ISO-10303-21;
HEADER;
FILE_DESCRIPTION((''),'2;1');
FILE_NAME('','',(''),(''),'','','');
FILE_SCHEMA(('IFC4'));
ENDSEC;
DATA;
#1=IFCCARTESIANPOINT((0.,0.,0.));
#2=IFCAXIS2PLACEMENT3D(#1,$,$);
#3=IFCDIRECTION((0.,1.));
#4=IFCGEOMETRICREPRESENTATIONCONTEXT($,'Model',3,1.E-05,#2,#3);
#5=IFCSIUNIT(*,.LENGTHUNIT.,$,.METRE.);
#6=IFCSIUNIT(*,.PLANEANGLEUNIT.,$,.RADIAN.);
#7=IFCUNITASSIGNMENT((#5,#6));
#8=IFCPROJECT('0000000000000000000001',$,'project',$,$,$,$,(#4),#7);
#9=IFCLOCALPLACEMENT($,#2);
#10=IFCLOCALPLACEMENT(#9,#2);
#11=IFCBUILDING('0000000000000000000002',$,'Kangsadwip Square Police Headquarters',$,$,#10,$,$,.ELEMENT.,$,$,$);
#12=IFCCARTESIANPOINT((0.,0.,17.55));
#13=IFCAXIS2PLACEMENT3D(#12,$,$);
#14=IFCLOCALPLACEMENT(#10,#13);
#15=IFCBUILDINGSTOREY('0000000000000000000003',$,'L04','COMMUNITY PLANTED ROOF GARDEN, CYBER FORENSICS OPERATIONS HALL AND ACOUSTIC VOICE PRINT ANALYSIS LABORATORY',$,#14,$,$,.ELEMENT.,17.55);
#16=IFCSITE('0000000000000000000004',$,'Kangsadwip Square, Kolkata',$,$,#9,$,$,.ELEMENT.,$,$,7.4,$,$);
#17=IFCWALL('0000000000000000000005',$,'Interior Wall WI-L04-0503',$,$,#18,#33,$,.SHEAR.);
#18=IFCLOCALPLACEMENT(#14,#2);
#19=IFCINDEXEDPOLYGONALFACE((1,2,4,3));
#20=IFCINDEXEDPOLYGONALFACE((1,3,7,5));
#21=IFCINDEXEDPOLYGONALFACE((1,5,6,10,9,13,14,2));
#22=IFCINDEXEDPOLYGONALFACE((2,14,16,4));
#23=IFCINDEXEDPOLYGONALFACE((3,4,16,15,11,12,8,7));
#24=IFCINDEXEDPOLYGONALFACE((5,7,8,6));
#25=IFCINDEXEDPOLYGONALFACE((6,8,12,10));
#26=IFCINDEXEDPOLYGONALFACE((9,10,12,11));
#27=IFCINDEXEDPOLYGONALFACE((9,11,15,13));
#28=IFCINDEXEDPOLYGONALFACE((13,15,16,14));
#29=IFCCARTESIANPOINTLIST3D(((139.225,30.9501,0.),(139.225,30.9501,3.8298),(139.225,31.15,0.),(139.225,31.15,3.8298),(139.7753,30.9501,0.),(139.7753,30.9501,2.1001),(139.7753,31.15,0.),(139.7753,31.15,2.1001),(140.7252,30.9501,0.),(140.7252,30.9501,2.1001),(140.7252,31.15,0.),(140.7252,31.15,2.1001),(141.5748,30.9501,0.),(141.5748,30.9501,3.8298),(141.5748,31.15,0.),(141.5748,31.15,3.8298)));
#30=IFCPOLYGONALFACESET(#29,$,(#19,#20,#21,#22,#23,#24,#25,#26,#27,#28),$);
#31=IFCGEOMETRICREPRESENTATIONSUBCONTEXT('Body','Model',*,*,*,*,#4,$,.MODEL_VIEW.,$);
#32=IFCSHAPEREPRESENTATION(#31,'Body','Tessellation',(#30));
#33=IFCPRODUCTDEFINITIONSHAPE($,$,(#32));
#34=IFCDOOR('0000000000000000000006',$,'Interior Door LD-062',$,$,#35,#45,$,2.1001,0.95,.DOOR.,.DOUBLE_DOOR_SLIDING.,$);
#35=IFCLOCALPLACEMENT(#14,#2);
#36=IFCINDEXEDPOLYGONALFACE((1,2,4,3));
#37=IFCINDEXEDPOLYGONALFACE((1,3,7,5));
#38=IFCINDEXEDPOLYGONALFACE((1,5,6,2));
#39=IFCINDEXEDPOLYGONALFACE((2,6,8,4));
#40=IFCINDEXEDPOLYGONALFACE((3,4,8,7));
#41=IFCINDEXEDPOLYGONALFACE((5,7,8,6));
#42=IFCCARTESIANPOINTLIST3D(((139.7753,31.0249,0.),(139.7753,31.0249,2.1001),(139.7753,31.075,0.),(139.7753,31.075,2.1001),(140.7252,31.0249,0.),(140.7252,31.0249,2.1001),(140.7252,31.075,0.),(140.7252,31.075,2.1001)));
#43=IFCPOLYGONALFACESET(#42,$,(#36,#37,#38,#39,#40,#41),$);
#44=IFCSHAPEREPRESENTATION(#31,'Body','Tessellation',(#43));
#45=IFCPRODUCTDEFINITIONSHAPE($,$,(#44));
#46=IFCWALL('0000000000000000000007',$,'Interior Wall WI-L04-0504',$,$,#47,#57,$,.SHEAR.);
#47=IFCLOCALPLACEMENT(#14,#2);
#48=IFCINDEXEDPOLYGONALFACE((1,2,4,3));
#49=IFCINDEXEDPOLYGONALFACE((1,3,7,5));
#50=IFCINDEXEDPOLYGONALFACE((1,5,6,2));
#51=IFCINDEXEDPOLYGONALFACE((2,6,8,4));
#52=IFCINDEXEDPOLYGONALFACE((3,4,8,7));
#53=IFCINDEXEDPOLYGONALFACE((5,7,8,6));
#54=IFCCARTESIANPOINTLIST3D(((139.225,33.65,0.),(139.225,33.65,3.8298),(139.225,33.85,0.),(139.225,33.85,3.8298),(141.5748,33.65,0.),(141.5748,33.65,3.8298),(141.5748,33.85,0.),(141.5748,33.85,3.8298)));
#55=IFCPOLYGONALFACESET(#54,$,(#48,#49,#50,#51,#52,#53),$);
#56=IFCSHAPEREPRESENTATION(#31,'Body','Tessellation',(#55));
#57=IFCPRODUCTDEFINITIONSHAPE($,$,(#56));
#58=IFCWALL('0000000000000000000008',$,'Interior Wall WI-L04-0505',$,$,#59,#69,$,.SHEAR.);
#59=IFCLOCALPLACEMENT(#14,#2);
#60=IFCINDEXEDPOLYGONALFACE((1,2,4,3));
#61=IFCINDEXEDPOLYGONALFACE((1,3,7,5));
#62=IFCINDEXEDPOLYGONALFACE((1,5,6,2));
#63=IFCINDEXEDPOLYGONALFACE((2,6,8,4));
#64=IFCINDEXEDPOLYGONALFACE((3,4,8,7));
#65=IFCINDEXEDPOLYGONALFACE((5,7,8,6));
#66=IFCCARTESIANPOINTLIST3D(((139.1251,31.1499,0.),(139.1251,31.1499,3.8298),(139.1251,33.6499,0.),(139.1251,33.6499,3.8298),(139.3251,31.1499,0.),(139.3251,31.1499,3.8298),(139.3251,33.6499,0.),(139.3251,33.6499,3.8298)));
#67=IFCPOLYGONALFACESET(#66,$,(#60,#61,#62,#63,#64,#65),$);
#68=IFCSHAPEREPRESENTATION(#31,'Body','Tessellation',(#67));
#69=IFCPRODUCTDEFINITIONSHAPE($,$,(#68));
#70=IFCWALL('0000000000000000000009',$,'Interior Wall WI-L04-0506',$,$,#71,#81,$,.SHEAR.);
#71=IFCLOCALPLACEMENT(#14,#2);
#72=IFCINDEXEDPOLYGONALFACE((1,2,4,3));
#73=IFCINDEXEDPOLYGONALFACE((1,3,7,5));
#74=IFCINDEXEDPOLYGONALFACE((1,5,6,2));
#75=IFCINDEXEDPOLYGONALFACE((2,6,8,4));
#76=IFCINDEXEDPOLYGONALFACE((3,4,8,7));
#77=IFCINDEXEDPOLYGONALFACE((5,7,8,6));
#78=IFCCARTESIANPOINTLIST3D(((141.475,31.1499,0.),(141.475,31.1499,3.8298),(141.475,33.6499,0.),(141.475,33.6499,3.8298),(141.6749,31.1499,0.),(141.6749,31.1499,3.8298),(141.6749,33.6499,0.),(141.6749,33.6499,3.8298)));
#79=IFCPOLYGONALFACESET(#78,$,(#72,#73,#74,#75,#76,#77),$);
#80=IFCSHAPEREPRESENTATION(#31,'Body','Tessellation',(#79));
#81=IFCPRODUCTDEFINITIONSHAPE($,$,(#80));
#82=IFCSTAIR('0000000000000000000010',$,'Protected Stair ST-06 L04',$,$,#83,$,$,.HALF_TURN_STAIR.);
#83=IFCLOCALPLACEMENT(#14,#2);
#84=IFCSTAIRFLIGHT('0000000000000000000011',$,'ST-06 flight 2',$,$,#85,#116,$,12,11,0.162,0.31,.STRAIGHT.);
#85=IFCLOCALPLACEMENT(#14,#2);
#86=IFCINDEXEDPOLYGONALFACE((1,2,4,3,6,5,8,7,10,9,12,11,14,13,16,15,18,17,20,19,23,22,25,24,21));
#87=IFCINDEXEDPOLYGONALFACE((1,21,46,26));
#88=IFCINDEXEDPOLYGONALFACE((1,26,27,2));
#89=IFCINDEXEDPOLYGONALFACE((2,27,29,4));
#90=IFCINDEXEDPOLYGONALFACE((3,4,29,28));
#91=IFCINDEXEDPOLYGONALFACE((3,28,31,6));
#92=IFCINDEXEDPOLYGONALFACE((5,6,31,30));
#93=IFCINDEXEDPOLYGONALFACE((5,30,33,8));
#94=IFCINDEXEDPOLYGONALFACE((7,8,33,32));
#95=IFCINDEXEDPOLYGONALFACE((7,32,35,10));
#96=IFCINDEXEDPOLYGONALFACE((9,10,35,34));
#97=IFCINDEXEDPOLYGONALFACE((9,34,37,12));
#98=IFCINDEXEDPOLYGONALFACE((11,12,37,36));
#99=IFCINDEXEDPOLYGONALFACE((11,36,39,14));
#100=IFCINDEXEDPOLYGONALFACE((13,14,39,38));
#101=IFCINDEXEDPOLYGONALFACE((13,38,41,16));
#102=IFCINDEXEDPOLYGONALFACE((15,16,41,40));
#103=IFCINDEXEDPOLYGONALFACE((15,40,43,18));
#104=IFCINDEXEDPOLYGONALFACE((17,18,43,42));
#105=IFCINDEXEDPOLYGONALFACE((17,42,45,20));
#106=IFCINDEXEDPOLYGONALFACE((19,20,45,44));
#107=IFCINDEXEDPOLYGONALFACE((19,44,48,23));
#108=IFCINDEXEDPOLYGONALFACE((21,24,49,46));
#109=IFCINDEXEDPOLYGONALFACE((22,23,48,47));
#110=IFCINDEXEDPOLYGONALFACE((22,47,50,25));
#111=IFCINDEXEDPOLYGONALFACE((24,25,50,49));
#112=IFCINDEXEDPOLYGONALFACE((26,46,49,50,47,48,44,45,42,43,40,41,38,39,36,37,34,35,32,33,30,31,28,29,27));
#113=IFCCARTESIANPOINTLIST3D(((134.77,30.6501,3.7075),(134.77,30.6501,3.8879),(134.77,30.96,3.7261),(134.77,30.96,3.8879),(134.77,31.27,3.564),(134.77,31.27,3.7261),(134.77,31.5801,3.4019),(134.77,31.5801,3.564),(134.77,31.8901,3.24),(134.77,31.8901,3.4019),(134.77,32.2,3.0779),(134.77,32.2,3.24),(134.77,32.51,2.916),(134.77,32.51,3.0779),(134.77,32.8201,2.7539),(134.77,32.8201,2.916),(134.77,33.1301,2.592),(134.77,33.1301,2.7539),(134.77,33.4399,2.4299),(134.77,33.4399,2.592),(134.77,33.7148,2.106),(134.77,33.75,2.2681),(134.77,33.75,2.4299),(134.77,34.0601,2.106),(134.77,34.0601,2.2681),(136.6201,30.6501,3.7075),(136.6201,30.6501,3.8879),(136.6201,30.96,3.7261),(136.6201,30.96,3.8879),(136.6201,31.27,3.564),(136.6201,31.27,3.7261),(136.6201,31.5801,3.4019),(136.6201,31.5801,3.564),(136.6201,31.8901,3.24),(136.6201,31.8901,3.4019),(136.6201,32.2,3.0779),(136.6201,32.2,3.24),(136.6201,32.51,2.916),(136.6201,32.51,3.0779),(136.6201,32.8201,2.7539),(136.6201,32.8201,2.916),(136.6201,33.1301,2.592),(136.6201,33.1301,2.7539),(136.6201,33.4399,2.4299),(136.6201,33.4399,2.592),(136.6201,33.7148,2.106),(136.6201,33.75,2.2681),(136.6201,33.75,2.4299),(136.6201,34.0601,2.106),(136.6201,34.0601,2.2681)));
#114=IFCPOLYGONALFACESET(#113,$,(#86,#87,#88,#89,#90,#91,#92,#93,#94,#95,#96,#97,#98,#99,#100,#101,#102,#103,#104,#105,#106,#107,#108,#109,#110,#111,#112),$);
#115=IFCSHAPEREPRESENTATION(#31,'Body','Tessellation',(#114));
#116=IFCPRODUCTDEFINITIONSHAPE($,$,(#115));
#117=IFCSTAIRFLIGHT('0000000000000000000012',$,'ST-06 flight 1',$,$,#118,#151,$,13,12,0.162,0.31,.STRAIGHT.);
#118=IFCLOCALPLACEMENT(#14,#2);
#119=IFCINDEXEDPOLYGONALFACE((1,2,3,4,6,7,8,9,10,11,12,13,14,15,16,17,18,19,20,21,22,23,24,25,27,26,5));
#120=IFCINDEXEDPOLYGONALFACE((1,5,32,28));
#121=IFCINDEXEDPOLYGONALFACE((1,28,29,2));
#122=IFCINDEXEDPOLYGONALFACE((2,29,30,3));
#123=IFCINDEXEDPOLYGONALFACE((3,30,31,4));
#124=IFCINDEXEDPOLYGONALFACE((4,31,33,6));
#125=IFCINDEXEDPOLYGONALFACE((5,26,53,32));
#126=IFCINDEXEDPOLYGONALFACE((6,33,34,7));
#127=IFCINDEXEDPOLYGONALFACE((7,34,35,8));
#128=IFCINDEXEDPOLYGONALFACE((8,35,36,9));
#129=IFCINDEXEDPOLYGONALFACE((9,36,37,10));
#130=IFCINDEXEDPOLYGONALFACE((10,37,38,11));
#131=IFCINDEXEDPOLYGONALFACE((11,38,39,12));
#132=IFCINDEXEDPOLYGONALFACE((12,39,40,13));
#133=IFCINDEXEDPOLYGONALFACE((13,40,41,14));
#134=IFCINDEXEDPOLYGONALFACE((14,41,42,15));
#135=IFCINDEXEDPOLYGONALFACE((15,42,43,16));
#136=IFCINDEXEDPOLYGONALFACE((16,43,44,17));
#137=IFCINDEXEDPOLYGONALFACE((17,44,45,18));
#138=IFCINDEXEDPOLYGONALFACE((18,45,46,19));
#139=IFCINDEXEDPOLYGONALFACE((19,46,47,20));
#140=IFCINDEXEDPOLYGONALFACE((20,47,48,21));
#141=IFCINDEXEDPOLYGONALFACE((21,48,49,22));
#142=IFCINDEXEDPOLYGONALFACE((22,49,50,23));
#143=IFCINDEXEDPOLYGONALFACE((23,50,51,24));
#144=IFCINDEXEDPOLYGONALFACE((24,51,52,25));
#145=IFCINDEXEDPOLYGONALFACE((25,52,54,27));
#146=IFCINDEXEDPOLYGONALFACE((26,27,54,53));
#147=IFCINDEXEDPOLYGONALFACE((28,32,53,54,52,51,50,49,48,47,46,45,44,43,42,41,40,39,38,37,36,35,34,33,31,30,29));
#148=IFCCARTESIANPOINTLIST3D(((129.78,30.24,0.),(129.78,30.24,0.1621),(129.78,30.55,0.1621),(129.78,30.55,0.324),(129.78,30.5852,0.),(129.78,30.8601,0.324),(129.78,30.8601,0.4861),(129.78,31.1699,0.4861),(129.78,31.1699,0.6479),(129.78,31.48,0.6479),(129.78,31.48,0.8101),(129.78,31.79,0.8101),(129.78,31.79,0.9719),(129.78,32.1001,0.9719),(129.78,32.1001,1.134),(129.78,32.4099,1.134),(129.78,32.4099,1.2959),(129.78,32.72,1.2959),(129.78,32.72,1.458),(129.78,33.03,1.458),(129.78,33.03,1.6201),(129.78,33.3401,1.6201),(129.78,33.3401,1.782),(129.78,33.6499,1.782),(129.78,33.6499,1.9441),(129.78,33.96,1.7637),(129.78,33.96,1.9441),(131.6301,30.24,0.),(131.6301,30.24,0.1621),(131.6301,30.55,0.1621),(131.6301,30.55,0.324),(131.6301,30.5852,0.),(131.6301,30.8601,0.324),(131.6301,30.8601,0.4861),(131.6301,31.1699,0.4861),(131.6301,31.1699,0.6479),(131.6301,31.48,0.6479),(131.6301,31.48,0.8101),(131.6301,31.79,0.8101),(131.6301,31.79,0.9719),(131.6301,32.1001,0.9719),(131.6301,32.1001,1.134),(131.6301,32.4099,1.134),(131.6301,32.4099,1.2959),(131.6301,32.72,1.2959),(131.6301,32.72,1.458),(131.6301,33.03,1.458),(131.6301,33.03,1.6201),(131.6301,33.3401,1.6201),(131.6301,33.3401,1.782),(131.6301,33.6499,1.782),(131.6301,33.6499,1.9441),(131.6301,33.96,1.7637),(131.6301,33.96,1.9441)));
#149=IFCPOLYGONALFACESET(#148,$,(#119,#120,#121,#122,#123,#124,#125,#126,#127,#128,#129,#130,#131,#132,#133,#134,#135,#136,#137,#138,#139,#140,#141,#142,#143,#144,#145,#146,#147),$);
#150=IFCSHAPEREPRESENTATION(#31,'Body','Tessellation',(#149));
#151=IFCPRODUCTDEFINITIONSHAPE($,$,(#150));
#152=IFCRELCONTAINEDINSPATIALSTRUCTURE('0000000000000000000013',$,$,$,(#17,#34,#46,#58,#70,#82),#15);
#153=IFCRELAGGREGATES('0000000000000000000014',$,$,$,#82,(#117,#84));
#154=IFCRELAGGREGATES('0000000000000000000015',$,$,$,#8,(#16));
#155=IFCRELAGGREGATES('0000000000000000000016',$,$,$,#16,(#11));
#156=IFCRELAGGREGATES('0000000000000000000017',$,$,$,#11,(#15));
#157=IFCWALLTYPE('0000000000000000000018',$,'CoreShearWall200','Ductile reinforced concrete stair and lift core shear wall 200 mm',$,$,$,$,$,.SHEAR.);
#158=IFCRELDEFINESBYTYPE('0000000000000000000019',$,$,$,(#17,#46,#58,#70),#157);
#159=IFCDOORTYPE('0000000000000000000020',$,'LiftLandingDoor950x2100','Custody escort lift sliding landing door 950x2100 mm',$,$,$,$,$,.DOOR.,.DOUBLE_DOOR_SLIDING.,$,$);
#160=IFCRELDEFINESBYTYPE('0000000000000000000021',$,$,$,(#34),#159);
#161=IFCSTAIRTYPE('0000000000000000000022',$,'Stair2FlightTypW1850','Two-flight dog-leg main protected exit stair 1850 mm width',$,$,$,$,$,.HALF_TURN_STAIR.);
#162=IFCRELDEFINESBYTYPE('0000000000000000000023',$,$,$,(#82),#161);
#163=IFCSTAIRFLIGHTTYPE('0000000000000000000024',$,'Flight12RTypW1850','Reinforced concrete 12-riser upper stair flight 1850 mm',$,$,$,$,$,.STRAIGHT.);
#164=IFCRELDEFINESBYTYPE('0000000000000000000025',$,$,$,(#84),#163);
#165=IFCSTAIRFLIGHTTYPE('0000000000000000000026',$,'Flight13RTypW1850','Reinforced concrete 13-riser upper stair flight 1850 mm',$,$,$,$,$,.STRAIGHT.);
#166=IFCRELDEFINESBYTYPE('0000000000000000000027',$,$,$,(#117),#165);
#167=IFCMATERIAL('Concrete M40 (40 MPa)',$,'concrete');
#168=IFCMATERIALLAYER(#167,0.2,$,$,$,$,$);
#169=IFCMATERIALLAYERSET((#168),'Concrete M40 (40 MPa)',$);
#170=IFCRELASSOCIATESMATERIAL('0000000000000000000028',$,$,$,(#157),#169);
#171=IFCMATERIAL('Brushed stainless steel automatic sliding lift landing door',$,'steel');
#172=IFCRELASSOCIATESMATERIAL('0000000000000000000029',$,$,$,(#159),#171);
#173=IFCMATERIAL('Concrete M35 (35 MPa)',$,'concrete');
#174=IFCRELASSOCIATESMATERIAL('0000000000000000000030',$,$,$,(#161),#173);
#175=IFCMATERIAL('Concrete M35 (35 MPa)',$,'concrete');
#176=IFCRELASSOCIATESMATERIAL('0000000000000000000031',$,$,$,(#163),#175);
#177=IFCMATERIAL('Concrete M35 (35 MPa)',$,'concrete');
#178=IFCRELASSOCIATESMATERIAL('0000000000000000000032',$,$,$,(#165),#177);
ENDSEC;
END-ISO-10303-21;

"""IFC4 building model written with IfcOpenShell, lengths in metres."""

from ifc_helpers import new_model, si_unit, direction, frame, frame_2d, origin, place, context, subcontext, project, spatial, polyline, rectangle, outline, extrude, material, layer, layer_set, type_object, element, fill, aggregate, save


model = new_model("IFC4")

# Units and contexts
model_context = context("Model", 3, precision=1e-05, world=origin(), true_north=direction((0.0, 1.0)))
body_context = subcontext(model_context, "Body", "Model", "MODEL_VIEW")
ifc_project = project(units=[si_unit("LENGTHUNIT", "METRE"), si_unit("PLANEANGLEUNIT", "RADIAN")], contexts=[model_context])

# Site, building, storey
site_placement = place(None, origin())
site = spatial("IfcSite", under=ifc_project, at=site_placement, Name="Kangsadwip Square, Kolkata", CompositionType="ELEMENT", RefElevation=7.4)
building_placement = place(site_placement, origin())
building = spatial("IfcBuilding", under=site, at=building_placement, Name="Kangsadwip Square Police Headquarters", CompositionType="ELEMENT")
storey_placement = place(building_placement, frame((0.0, 0.0, 17.55)))
storey = spatial("IfcBuildingStorey", under=building, at=storey_placement, Name="L04", Description="COMMUNITY PLANTED ROOF GARDEN, CYBER FORENSICS OPERATIONS HALL AND ACOUSTIC VOICE PRINT ANALYSIS LABORATORY", CompositionType="ELEMENT", Elevation=17.55)

# Shared definitions
ifc_material_1 = material(Name="Concrete M40 (40 MPa)", Category="concrete")
ifc_layer_1 = layer(ifc_material_1, 0.2)
ifc_layer_set_1 = layer_set([ifc_layer_1], Name="Concrete M40 (40 MPa)")
wall_type_1 = type_object("IfcWallType", Name="CoreShearWall200", Description="Ductile reinforced concrete stair and lift core shear wall 200 mm", PredefinedType="SHEAR", material=ifc_layer_set_1)

# Wall, opening, door
wall_1_placement = place(storey_placement, frame((139.2251, 31.05, 0.0), z_axis=(0.0, 0.0, 1.0), x_axis=(1.0, 0.0, 0.0)))
wall_1 = element("IfcWall", 1, at=wall_1_placement, inside=storey, type_object=wall_type_1, Name="Interior Wall WI-L04-0503", PredefinedType="SHEAR", context=body_context, shape_type="SweptSolid", body=[
    extrude(rectangle(XDim=2.3499, YDim=0.2, at=frame_2d((1.1748, 0.0))), origin(), (0.0, 0.0, 1.0), 3.8298),
])
opening_1_placement = place(wall_1_placement, frame((0.55, 0.0, 0.0)))
opening_1 = element("IfcOpeningElement", 2, at=opening_1_placement, cuts=wall_1, PredefinedType="OPENING", context=body_context, shape_type="SweptSolid", body=[
    extrude(rectangle(XDim=0.95, YDim=2.1001, at=frame_2d((0.4751, 1.05))), frame((0.0, 0.1099, 0.0), z_axis=(0.0, -1.0, 0.0), x_axis=(1.0, 0.0, 0.0)), (0.0, 0.0, 1.0), 0.22),
])
ifc_material_2 = material(Name="Brushed stainless steel automatic sliding lift landing door", Category="steel")
door_type = type_object("IfcDoorType", Name="LiftLandingDoor950x2100", Description="Custody escort lift sliding landing door 950x2100 mm", OperationType="DOUBLE_DOOR_SLIDING", PredefinedType="DOOR", material=ifc_material_2)
door_placement = place(opening_1_placement, origin())
door = element("IfcDoor", 3, at=door_placement, inside=storey, type_object=door_type, Name="Interior Door LD-062", OperationType="DOUBLE_DOOR_SLIDING", OverallHeight=2.1001, OverallWidth=0.95, PredefinedType="DOOR", context=body_context, shape_type="SweptSolid", body=[
    extrude(rectangle(XDim=0.95, YDim=2.1001, at=frame_2d((0.4751, 1.05))), frame((0.0, 0.0249, 0.0), z_axis=(0.0, -1.0, 0.0), x_axis=(1.0, 0.0, 0.0)), (0.0, 0.0, 1.0), 0.05),
])
fill(opening_1, door)

# Walls
wall_2_placement = place(storey_placement, frame((139.2251, 33.75, 0.0), z_axis=(0.0, 0.0, 1.0), x_axis=(1.0, 0.0, 0.0)))
element("IfcWall", 4, at=wall_2_placement, inside=storey, type_object=wall_type_1, Name="Interior Wall WI-L04-0504", PredefinedType="SHEAR", context=body_context, shape_type="SweptSolid", body=[
    extrude(rectangle(XDim=2.3499, YDim=0.2, at=frame_2d((1.1748, 0.0))), origin(), (0.0, 0.0, 1.0), 3.8298),
])
for number, where, z_axis, x_axis, name in (
    (5, (139.2251, 31.1499, 0.0), (0.0, 0.0, 1.0), (0.0, 1.0, 0.0), "Interior Wall WI-L04-0505"),
    (6, (141.575, 31.1499, 0.0), (0.0, 0.0, 1.0), (0.0, 1.0, 0.0), "Interior Wall WI-L04-0506"),
):
    element("IfcWall", number, at=place(storey_placement, frame(where, z_axis=z_axis, x_axis=x_axis)), inside=storey, type_object=wall_type_1, Name=name, PredefinedType="SHEAR", context=body_context, shape_type="SweptSolid", body=[
        extrude(rectangle(XDim=2.5, YDim=0.2, at=frame_2d((1.25, 0.0))), origin(), (0.0, 0.0, 1.0), 3.8298),
    ])

# Stair, stair flights
ifc_material_3 = material(Name="Concrete M35 (35 MPa)", Category="concrete")
stair_type = type_object("IfcStairType", Name="Stair2FlightTypW1850", Description="Two-flight dog-leg main protected exit stair 1850 mm width", PredefinedType="HALF_TURN_STAIR", material=ifc_material_3)
stair_placement = place(storey_placement, origin())
stair = element("IfcStair", 7, at=stair_placement, inside=storey, type_object=stair_type, Name="Protected Stair ST-06 L04", PredefinedType="HALF_TURN_STAIR")
ifc_material_4 = material(Name="Concrete M35 (35 MPa)", Category="concrete")
stair_flight_type_1 = type_object("IfcStairFlightType", Name="Flight12RTypW1850", Description="Reinforced concrete 12-riser upper stair flight 1850 mm", PredefinedType="STRAIGHT", material=ifc_material_4)
stair_flight_1_placement = place(storey_placement, frame((135.6951, 34.0601, 2.106), z_axis=(0.0, 0.0, 1.0), x_axis=(0.0, -1.0, 0.0)))
stair_flight_1 = element("IfcStairFlight", 8, at=stair_flight_1_placement, type_object=stair_flight_type_1, Name="ST-06 flight 2", NumberOfRisers=12, NumberOfTreads=11, PredefinedType="STRAIGHT", RiserHeight=0.162, TreadLength=0.31, context=body_context, shape_type="SweptSolid", body=[
    extrude(outline(polyline([(0.0, 0.0), (0.0, 0.1621), (0.3101, 0.1621), (0.3101, 0.324), (0.6201, 0.324), (0.6201, 0.4861), (0.9299, 0.4861), (0.9299, 0.6479), (1.24, 0.6479), (1.24, 0.8101), (1.55, 0.8101), (1.55, 0.9719), (1.8601, 0.9719), (1.8601, 1.134), (2.1699, 1.134), (2.1699, 1.2959), (2.48, 1.2959), (2.48, 1.458), (2.79, 1.458), (2.79, 1.6201), (3.1001, 1.6201), (3.1001, 1.782), (3.4099, 1.782), (3.4099, 1.9441), (3.4099, 1.6016), (0.3452, 0.0), (0.0, 0.0)])), frame((0.0, 0.925, 0.0), z_axis=(0.0, -1.0, 0.0), x_axis=(1.0, 0.0, 0.0)), (0.0, 0.0, 1.0), 1.8501),
])
ifc_material_5 = material(Name="Concrete M35 (35 MPa)", Category="concrete")
stair_flight_type_2 = type_object("IfcStairFlightType", Name="Flight13RTypW1850", Description="Reinforced concrete 13-riser upper stair flight 1850 mm", PredefinedType="STRAIGHT", material=ifc_material_5)
stair_flight_2_placement = place(storey_placement, frame((130.7051, 30.24, 0.0), z_axis=(0.0, 0.0, 1.0), x_axis=(0.0, 1.0, 0.0)))
stair_flight_2 = element("IfcStairFlight", 9, at=stair_flight_2_placement, type_object=stair_flight_type_2, Name="ST-06 flight 1", NumberOfRisers=13, NumberOfTreads=12, PredefinedType="STRAIGHT", RiserHeight=0.162, TreadLength=0.31, context=body_context, shape_type="SweptSolid", body=[
    extrude(outline(polyline([(0.0, 0.0), (0.0, 0.1621), (0.3101, 0.1621), (0.3101, 0.324), (0.6201, 0.324), (0.6201, 0.4861), (0.9299, 0.4861), (0.9299, 0.6479), (1.24, 0.6479), (1.24, 0.8101), (1.55, 0.8101), (1.55, 0.9719), (1.8601, 0.9719), (1.8601, 1.134), (2.1699, 1.134), (2.1699, 1.2959), (2.48, 1.2959), (2.48, 1.458), (2.79, 1.458), (2.79, 1.6201), (3.1001, 1.6201), (3.1001, 1.782), (3.4099, 1.782), (3.4099, 1.9441), (3.72, 1.9441), (3.72, 2.106), (3.72, 1.7637), (0.3452, 0.0), (0.0, 0.0)])), frame((0.0, 0.925, 0.0), z_axis=(0.0, -1.0, 0.0), x_axis=(1.0, 0.0, 0.0)), (0.0, 0.0, 1.0), 1.8501),
])
aggregate(stair, [stair_flight_2, stair_flight_1])

save(model, "model.ifc")
